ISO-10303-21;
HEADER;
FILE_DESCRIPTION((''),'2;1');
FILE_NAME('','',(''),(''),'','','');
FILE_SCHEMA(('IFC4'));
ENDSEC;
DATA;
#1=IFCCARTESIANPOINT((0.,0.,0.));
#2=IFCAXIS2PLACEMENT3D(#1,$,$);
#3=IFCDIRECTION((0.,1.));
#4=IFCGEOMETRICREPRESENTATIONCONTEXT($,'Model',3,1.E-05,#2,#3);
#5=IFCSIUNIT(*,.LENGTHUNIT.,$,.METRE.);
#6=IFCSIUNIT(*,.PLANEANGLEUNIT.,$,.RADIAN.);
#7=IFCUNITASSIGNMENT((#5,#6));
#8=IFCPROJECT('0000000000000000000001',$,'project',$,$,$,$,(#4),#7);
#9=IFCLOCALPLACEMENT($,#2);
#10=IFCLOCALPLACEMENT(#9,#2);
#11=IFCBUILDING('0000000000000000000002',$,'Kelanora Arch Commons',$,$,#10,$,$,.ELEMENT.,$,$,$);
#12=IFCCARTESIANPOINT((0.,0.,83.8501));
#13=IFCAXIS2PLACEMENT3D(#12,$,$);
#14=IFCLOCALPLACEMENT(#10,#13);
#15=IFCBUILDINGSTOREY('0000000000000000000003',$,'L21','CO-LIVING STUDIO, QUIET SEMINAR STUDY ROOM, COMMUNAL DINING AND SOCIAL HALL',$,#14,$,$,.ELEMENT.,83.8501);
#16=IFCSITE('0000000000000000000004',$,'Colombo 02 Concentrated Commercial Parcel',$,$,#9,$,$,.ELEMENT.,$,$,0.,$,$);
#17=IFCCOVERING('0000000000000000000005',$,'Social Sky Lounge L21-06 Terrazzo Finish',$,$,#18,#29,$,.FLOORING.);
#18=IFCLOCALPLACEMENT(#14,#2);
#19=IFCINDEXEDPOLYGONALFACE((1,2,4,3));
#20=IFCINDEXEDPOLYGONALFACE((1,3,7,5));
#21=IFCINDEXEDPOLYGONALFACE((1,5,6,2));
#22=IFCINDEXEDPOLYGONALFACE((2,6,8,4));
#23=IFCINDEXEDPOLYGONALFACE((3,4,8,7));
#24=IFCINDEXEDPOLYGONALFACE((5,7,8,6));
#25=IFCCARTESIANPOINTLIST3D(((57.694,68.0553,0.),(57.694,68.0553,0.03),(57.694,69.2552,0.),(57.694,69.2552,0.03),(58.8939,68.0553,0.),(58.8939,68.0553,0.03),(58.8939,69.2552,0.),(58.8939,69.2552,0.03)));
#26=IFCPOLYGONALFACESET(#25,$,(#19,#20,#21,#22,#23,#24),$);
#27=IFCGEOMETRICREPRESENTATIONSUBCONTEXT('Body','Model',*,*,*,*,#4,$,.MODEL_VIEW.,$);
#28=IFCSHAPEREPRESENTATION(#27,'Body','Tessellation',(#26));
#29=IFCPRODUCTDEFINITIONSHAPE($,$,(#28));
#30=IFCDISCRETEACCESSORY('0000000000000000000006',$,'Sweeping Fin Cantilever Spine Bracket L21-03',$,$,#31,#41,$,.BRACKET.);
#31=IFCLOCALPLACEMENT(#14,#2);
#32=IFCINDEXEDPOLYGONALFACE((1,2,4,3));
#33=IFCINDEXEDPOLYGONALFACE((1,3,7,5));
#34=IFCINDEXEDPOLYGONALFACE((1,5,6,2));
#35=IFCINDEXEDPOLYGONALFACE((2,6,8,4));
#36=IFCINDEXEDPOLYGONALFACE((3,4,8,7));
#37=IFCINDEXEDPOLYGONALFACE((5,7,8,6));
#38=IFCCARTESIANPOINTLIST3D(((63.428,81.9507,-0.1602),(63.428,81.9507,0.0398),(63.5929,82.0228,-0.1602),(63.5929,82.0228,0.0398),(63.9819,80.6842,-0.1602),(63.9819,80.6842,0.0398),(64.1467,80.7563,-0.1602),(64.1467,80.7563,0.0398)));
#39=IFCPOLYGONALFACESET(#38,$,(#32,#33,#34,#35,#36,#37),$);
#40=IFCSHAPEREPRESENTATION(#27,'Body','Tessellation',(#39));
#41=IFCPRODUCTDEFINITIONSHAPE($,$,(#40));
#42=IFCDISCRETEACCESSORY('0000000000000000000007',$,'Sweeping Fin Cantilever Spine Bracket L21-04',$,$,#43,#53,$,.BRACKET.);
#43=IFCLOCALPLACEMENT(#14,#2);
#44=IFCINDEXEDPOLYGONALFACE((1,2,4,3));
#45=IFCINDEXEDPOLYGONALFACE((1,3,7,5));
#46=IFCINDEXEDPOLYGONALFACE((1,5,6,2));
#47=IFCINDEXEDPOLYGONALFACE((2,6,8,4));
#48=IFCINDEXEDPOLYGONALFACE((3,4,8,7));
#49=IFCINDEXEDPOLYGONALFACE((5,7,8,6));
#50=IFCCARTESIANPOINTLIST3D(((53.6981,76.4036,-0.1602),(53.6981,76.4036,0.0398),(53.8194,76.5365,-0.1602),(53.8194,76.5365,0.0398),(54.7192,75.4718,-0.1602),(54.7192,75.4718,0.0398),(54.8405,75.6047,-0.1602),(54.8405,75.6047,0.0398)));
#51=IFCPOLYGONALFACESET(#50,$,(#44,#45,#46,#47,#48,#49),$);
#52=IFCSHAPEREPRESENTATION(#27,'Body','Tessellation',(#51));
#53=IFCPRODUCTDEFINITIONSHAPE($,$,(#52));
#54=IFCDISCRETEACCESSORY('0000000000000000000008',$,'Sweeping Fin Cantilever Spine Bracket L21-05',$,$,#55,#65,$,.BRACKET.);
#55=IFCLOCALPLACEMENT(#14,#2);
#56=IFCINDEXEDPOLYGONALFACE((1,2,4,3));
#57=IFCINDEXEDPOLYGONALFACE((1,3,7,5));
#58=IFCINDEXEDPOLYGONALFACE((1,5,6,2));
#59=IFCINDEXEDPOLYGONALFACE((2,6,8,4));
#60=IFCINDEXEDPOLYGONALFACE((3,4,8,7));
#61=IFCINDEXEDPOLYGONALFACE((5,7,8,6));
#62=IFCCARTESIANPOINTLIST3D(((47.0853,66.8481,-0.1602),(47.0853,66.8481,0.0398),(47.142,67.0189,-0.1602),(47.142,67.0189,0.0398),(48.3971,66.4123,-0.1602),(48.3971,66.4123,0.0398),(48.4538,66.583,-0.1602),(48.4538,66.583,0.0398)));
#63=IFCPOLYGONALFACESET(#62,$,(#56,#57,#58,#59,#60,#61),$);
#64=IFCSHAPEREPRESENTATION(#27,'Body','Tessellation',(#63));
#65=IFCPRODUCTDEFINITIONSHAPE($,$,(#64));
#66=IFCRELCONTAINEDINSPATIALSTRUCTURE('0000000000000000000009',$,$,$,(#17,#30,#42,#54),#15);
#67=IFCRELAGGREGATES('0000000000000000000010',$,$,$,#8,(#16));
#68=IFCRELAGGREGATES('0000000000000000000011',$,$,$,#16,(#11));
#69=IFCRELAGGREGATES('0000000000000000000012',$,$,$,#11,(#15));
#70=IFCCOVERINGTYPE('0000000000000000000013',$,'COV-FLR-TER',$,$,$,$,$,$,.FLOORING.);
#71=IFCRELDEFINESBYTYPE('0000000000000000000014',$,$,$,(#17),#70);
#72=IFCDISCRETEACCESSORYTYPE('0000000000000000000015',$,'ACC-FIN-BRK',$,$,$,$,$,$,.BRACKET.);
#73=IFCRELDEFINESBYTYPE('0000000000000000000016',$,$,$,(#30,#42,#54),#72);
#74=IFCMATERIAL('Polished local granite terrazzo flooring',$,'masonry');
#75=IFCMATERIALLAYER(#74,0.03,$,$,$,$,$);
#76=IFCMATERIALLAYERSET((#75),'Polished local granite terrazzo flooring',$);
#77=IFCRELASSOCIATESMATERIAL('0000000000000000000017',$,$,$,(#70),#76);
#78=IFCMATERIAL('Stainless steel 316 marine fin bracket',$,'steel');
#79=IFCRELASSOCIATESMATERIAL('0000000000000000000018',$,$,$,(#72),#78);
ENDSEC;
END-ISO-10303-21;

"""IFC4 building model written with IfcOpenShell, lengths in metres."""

from ifc_helpers import new_model, si_unit, direction, frame, origin, origin_2d, place, context, subcontext, project, spatial, rectangle, extrude, source, transform, mapped, material, layer, layer_set, type_object, element, save


model = new_model("IFC4")

# Units and contexts
model_context = context("Model", 3, precision=1e-05, world=origin(), true_north=direction((0.0, 1.0)))
body_context = subcontext(model_context, "Body", "Model", "MODEL_VIEW")
ifc_project = project(units=[si_unit("LENGTHUNIT", "METRE"), si_unit("PLANEANGLEUNIT", "RADIAN")], contexts=[model_context])

# Site, building, storey
site_placement = place(None, origin())
site = spatial("IfcSite", under=ifc_project, at=site_placement, Name="Colombo 02 Concentrated Commercial Parcel", CompositionType="ELEMENT", RefElevation=0.0)
building_placement = place(site_placement, origin())
building = spatial("IfcBuilding", under=site, at=building_placement, Name="Kelanora Arch Commons", CompositionType="ELEMENT")
storey_placement = place(building_placement, frame((0.0, 0.0, 83.8501)))
storey = spatial("IfcBuildingStorey", under=building, at=storey_placement, Name="L21", Description="CO-LIVING STUDIO, QUIET SEMINAR STUDY ROOM, COMMUNAL DINING AND SOCIAL HALL", CompositionType="ELEMENT", Elevation=83.8501)

# Covering
ifc_material_1 = material(Name="Polished local granite terrazzo flooring", Category="masonry")
ifc_layer_1 = layer(ifc_material_1, 0.03)
ifc_layer_set_1 = layer_set([ifc_layer_1], Name="Polished local granite terrazzo flooring")
covering_type = type_object("IfcCoveringType", Name="COV-FLR-TER", PredefinedType="FLOORING", material=ifc_layer_set_1)
shared_shape_1 = source(origin(), body_context, "Body", "SweptSolid", [
    extrude(rectangle(XDim=1.2, YDim=1.2, at=origin_2d()), origin(), (0.0, 0.0, 1.0), 0.03),
])
covering_placement = place(storey_placement, frame((58.2939, 68.6553, 0.0), z_axis=(0.0, 0.0, 1.0), x_axis=(1.0, 0.0, 0.0)))
element("IfcCovering", 1, at=covering_placement, inside=storey, type_object=covering_type, Name="Social Sky Lounge L21-06 Terrazzo Finish", PredefinedType="FLOORING", context=body_context, shape_type="MappedRepresentation", body=[
    mapped(shared_shape_1, transform((0.0, 0.0, 0.0), scale=1.0)),
])

# Discrete accessories
ifc_material_2 = material(Name="Stainless steel 316 marine fin bracket", Category="steel")
discrete_accessory_type = type_object("IfcDiscreteAccessoryType", Name="ACC-FIN-BRK", PredefinedType="BRACKET", material=ifc_material_2)
shared_shape_2 = source(origin(), body_context, "Body", "SweptSolid", [
    extrude(rectangle(XDim=1.3823, YDim=0.1799, at=origin_2d()), origin(), (0.0, 0.0, 1.0), 0.2),
])
for number, where, z_axis, x_axis, name in (
    (2, (63.7874, 81.3535, -0.1602), (0.0, 0.0, 1.0), (-0.400669, 0.916223, 0.0), "Sweeping Fin Cantilever Spine Bracket L21-03"),
    (3, (54.2693, 76.0042, -0.1602), (0.0, 0.0, 1.0), (-0.738691, 0.674045, 0.0), "Sweeping Fin Cantilever Spine Bracket L21-04"),
    (4, (47.7695, 66.7156, -0.1602), (0.0, 0.0, 1.0), (-0.948986, 0.315318, 0.0), "Sweeping Fin Cantilever Spine Bracket L21-05"),
):
    element("IfcDiscreteAccessory", number, at=place(storey_placement, frame(where, z_axis=z_axis, x_axis=x_axis)), inside=storey, type_object=discrete_accessory_type, Name=name, PredefinedType="BRACKET", context=body_context, shape_type="MappedRepresentation", body=[
        mapped(shared_shape_2, transform((0.0, 0.0, 0.0), scale=1.0)),
    ])

save(model, "model.ifc")
